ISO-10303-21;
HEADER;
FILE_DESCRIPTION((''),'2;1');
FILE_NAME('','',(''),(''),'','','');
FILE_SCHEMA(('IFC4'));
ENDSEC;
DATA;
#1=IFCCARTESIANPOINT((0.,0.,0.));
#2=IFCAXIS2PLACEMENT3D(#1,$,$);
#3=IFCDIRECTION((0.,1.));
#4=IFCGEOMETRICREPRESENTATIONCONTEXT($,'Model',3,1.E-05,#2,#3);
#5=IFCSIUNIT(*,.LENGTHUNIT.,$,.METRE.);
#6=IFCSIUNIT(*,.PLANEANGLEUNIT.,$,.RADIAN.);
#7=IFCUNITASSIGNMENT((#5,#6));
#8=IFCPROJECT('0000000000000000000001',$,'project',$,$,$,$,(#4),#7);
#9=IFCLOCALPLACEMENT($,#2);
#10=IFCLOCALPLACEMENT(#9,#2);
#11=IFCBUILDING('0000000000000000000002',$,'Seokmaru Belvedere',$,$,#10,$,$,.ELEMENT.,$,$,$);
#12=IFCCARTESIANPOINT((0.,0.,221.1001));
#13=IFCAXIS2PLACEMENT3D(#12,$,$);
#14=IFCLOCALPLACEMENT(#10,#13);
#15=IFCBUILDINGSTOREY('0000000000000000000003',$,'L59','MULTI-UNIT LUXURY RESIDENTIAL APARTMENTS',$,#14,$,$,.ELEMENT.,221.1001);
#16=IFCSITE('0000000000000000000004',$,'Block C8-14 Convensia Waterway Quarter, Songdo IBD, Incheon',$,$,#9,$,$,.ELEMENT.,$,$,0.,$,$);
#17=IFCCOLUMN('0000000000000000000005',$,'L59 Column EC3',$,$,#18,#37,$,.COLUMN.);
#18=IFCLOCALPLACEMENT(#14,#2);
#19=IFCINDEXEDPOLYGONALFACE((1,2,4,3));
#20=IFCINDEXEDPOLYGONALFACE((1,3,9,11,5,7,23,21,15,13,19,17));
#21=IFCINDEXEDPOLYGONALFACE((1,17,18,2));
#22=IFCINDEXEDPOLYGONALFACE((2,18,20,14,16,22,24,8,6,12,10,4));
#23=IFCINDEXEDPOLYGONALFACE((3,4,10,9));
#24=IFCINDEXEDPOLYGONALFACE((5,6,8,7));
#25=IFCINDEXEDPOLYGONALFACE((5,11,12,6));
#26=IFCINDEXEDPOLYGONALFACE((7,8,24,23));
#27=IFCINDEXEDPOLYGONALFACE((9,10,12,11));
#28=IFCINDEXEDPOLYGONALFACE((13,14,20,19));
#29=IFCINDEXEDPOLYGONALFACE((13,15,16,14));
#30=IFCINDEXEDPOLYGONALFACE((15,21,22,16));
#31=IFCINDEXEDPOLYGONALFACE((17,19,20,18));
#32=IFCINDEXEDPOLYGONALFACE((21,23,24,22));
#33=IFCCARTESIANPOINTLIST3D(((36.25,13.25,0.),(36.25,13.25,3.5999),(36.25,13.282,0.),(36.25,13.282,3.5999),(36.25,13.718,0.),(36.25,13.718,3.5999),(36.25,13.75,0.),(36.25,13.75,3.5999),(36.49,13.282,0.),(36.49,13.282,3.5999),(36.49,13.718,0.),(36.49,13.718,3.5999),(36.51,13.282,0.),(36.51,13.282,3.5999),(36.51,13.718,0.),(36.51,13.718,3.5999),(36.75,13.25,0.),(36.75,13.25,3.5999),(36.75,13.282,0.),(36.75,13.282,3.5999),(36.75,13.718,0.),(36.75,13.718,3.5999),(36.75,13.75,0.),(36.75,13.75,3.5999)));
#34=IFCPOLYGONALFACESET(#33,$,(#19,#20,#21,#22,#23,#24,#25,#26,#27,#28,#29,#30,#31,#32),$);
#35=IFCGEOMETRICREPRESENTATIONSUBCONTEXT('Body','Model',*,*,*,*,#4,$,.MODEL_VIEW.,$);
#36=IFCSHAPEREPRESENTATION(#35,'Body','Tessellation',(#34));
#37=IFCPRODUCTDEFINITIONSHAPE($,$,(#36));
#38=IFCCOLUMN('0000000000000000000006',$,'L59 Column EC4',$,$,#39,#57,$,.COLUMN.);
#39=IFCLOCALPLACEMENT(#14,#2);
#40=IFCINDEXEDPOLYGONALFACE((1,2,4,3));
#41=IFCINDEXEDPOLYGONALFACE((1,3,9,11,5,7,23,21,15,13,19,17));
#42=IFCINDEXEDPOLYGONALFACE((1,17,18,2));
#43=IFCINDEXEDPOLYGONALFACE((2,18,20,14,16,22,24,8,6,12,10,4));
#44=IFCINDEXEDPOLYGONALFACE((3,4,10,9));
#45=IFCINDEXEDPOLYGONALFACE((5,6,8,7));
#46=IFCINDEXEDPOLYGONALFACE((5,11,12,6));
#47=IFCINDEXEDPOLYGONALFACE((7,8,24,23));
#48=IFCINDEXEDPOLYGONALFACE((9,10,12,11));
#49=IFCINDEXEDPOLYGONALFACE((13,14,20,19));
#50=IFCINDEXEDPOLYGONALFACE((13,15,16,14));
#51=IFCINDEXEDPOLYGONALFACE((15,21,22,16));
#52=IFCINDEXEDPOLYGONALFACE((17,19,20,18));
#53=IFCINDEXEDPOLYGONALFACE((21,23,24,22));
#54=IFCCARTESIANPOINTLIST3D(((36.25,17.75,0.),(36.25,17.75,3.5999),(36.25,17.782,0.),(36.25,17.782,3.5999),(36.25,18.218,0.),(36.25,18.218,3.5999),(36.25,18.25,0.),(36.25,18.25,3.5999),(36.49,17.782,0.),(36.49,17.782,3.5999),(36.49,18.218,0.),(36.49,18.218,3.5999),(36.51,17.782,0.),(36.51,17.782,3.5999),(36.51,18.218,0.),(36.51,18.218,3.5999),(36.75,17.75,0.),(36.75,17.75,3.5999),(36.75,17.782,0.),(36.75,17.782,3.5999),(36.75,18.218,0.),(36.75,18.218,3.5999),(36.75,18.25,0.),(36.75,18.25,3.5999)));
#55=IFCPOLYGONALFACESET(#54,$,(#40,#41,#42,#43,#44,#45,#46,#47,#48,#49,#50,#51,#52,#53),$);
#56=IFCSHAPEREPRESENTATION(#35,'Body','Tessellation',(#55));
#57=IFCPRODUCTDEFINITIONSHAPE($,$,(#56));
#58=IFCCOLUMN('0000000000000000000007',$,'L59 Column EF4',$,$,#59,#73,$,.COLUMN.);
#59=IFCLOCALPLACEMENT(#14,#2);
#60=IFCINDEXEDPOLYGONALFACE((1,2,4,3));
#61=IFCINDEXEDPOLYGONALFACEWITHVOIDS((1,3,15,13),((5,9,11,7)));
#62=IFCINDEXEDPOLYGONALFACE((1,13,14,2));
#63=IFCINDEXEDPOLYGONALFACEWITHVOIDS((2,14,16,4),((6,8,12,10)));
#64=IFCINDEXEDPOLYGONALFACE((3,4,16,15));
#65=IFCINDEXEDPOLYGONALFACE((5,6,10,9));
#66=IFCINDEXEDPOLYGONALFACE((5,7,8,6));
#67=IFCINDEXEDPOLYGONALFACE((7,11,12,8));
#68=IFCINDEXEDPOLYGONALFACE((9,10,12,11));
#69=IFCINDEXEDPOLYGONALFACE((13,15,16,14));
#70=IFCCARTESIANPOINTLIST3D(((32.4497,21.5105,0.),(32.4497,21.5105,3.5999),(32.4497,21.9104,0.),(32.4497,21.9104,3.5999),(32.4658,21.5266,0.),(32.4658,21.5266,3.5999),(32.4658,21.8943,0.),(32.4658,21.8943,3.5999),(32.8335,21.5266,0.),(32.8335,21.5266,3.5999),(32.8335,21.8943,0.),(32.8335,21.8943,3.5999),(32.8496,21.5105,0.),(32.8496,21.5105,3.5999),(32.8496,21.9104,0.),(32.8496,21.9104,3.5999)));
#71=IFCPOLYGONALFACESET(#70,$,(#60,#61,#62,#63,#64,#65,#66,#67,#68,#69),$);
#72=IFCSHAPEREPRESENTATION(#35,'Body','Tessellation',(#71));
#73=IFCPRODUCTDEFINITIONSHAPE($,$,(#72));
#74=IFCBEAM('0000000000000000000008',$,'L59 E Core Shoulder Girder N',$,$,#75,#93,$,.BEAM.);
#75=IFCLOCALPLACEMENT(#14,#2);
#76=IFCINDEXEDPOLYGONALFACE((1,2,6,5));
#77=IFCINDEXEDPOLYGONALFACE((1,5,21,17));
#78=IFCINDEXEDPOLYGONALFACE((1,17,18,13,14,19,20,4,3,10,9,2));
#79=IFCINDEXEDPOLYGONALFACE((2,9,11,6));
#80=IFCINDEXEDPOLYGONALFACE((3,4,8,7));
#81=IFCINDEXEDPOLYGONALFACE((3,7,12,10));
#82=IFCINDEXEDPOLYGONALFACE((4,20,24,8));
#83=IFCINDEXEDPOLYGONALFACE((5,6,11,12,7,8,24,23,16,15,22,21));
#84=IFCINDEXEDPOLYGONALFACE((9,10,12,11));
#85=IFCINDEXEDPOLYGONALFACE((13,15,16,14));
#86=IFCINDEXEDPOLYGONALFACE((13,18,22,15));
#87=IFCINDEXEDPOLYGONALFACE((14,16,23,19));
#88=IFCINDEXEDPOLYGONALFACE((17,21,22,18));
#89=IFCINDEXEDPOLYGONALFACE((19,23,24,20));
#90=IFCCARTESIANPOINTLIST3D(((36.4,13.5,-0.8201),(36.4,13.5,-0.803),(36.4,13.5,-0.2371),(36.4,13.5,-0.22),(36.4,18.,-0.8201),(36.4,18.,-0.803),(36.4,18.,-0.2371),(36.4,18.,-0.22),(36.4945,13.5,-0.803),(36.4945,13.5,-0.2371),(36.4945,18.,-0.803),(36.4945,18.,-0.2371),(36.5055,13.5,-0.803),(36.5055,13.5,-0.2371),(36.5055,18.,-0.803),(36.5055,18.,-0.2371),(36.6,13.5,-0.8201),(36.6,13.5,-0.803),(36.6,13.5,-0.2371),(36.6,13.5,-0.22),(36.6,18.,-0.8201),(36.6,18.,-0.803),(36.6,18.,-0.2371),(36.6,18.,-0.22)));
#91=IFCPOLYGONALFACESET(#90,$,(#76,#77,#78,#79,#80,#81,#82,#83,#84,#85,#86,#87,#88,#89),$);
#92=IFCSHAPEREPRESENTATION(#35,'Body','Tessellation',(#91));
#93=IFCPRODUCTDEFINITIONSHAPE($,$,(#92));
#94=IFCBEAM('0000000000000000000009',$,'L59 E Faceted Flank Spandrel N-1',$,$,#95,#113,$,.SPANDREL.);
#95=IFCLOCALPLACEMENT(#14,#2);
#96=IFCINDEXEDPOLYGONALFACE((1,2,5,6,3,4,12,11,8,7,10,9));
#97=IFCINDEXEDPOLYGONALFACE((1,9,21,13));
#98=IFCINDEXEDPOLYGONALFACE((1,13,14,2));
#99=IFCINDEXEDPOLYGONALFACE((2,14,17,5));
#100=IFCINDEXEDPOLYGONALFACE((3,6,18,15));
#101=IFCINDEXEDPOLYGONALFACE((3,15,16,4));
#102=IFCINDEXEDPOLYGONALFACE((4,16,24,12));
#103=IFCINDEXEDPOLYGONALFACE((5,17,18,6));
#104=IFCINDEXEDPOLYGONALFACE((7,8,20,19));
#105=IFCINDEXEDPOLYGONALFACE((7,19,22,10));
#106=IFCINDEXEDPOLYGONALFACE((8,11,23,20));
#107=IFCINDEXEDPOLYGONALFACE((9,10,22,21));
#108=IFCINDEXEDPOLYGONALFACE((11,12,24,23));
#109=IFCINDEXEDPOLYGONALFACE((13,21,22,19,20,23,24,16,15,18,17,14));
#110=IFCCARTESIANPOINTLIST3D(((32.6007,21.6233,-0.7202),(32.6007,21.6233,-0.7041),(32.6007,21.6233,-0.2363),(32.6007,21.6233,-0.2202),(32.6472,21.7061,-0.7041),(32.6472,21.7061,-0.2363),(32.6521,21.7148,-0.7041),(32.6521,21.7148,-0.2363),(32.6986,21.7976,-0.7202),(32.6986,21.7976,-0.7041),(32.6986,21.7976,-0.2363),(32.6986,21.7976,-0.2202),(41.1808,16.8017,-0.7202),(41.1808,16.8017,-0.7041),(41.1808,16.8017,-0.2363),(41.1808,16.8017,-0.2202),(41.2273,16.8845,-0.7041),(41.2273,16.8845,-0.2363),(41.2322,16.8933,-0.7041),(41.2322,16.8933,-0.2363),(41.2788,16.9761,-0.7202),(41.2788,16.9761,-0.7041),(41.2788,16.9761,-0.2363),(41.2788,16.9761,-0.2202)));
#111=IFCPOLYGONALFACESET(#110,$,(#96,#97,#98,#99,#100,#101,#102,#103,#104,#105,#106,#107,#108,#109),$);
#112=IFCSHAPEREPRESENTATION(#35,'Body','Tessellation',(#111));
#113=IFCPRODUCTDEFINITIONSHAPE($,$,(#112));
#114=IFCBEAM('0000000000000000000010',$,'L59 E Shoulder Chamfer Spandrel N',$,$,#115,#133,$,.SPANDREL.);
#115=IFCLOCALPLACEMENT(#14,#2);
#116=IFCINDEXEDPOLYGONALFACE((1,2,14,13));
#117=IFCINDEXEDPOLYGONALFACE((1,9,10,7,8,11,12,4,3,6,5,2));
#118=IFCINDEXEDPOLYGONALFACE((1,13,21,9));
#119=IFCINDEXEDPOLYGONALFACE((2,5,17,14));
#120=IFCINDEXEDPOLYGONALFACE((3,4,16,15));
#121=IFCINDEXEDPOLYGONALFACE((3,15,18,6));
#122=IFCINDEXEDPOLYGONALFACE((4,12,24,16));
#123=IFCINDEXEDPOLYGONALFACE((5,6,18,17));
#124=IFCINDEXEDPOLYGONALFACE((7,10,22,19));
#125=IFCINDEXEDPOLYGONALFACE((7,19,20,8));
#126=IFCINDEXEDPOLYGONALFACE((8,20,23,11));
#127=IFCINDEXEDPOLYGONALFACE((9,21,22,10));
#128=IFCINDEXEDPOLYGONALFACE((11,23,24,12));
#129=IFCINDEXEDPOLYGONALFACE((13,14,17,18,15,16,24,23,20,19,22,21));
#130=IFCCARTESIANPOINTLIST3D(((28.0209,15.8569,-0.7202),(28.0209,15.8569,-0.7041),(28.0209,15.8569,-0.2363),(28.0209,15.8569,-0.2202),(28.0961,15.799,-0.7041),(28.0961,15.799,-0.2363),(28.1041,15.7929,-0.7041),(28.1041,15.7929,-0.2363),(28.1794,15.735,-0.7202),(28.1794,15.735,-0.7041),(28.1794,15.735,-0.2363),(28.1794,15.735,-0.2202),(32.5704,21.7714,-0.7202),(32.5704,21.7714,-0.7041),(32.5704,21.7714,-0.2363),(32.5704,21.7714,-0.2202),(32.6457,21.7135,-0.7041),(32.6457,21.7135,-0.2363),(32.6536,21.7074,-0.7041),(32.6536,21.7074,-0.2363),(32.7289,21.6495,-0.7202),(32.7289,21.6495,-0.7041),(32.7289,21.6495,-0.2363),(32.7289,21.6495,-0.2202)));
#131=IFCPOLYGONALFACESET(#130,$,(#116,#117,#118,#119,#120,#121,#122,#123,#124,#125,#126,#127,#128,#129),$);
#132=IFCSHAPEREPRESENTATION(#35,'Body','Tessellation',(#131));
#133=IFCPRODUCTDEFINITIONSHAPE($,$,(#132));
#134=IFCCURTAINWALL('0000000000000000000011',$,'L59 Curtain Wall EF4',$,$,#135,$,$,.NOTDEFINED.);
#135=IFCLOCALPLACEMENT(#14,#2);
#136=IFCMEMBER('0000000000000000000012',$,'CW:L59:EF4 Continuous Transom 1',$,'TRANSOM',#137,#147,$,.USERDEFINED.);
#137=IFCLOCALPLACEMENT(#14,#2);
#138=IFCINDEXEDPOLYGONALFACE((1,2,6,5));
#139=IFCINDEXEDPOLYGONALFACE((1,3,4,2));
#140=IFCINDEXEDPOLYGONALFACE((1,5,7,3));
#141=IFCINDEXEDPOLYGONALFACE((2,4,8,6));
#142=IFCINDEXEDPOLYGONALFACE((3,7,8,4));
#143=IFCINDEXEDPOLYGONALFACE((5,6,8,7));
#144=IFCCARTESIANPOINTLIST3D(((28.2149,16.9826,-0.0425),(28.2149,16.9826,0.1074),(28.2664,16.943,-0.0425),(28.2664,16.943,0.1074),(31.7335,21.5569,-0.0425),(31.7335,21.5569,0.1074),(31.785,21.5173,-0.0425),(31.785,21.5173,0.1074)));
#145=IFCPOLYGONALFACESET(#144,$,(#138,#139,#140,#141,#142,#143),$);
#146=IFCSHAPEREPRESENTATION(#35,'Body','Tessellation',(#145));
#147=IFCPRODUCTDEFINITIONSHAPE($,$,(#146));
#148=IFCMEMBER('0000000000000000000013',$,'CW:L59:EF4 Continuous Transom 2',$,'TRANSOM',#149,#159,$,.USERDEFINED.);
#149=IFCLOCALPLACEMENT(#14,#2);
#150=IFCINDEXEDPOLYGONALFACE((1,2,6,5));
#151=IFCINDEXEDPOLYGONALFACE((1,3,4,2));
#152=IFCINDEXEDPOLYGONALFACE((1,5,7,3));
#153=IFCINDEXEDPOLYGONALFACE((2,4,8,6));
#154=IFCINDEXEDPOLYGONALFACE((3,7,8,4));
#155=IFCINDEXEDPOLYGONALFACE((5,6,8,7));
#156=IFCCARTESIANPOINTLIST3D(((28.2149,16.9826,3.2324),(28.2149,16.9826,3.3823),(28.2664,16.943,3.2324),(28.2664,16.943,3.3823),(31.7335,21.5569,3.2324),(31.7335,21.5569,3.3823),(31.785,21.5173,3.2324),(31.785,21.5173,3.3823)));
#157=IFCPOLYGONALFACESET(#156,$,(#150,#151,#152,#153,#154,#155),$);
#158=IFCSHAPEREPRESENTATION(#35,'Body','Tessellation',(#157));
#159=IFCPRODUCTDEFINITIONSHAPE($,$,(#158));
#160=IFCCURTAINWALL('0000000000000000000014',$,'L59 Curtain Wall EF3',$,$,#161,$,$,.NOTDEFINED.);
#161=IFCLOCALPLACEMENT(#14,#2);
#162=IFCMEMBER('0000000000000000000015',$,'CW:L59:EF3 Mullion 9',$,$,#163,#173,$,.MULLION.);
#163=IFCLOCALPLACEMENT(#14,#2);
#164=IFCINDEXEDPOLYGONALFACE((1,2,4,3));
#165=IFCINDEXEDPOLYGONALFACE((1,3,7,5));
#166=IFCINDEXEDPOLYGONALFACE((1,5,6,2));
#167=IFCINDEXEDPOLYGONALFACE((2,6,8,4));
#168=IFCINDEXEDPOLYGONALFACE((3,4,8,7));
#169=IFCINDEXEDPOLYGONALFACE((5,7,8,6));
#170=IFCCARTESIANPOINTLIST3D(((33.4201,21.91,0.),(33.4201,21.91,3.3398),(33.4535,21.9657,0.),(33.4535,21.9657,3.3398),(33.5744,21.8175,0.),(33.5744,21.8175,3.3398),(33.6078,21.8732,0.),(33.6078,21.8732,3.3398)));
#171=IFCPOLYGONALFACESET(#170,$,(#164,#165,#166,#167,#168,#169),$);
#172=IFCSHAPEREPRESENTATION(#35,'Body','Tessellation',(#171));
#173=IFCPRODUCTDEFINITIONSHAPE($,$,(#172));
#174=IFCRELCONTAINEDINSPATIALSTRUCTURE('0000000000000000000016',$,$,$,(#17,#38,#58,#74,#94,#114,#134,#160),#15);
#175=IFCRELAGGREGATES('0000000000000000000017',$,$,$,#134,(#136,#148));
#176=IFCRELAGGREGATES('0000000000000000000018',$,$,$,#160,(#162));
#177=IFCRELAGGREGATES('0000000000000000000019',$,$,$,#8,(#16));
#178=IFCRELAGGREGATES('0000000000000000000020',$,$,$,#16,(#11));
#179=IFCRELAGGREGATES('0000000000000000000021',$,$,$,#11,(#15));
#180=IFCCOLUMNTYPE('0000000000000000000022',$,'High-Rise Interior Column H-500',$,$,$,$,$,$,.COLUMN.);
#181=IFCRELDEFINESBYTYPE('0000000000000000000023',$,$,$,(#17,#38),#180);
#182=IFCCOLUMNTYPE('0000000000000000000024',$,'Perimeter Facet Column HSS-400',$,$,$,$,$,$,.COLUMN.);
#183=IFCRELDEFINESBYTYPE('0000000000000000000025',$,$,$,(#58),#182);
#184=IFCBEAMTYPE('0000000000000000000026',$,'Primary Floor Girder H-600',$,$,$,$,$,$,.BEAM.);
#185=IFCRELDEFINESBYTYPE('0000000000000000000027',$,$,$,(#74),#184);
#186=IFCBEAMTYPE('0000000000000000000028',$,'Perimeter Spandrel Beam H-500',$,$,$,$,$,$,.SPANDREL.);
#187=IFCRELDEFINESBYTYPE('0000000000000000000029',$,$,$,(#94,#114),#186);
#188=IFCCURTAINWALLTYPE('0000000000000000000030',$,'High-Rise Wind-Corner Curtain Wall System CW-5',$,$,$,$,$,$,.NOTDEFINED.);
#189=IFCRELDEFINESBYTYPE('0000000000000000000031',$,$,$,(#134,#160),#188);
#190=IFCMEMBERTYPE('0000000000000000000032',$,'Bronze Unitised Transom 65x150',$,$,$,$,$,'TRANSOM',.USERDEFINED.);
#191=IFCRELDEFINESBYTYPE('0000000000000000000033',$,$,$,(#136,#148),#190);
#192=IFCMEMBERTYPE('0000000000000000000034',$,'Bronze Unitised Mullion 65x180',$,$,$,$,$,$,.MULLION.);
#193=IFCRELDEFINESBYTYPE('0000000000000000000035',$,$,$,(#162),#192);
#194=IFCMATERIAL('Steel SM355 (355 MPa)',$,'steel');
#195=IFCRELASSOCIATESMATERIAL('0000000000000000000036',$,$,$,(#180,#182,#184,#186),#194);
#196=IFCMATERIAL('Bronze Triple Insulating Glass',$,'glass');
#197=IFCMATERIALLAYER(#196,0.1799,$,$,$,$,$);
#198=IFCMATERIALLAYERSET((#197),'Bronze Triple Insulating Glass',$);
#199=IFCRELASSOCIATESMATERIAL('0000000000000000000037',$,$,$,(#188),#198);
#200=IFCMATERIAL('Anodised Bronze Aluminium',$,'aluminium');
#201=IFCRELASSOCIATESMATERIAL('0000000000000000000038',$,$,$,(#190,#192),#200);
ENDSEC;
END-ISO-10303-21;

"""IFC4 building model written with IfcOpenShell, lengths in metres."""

from ifc_helpers import new_model, si_unit, direction, frame, origin, origin_2d, place, context, subcontext, project, spatial, rectangle, hollow_rectangle, i_section, extrude, source, transform, mapped, material, layer, layer_set, material_profile, profile_set, type_object, type_shapes, element, aggregate, save


model = new_model("IFC4")

# Units and contexts
model_context = context("Model", 3, precision=1e-05, world=origin(), true_north=direction((0.0, 1.0)))
body_context = subcontext(model_context, "Body", "Model", "MODEL_VIEW")
ifc_project = project(units=[si_unit("LENGTHUNIT", "METRE"), si_unit("PLANEANGLEUNIT", "RADIAN")], contexts=[model_context])

# Site, building, storey
site_placement = place(None, origin())
site = spatial("IfcSite", under=ifc_project, at=site_placement, Name="Block C8-14 Convensia Waterway Quarter, Songdo IBD, Incheon", CompositionType="ELEMENT", RefElevation=0.0)
building_placement = place(site_placement, origin())
building = spatial("IfcBuilding", under=site, at=building_placement, Name="Seokmaru Belvedere", CompositionType="ELEMENT")
storey_placement = place(building_placement, frame((0.0, 0.0, 221.1001)))
storey = spatial("IfcBuildingStorey", under=building, at=storey_placement, Name="L59", Description="MULTI-UNIT LUXURY RESIDENTIAL APARTMENTS", CompositionType="ELEMENT", Elevation=221.1001)

# Columns
ifc_material_1 = material(Name="Steel SM355 (355 MPa)", Category="steel")
ifc_material_profile_1 = material_profile(ifc_material_1, i_section(OverallWidth=0.5, OverallDepth=0.5, WebThickness=0.02, FlangeThickness=0.032, at=origin_2d()), Name="H-500x500x20x32")
ifc_profile_set_1 = profile_set([ifc_material_profile_1], Name="Steel SM355 (355 MPa)")
column_type_1 = type_object("IfcColumnType", Name="High-Rise Interior Column H-500", PredefinedType="COLUMN", material=ifc_profile_set_1)
shared_shape_1 = source(origin(), body_context, "Body", "SweptSolid", [
    extrude(i_section(OverallWidth=0.5, OverallDepth=0.5, WebThickness=0.02, FlangeThickness=0.032, at=origin_2d()), origin(), (0.0, 0.0, 1.0), 3.5999),
])
type_shapes(column_type_1, [shared_shape_1])
for number, where, z_axis, x_axis, name in (
    (1, (36.5, 13.5, 0.0), (0.0, 0.0, 1.0), (1.0, 0.0, 0.0), "L59 Column EC3"),
    (2, (36.5, 18.0, 0.0), (0.0, 0.0, 1.0), (1.0, 0.0, 0.0), "L59 Column EC4"),
):
    element("IfcColumn", number, at=place(storey_placement, frame(where, z_axis=z_axis, x_axis=x_axis)), inside=storey, type_object=column_type_1, Name=name, PredefinedType="COLUMN", context=body_context, shape_type="MappedRepresentation", body=[
        mapped(shared_shape_1, transform((0.0, 0.0, 0.0), scale=1.0)),
    ])
ifc_material_profile_2 = material_profile(ifc_material_1, hollow_rectangle(XDim=0.3999, YDim=0.3999, WallThickness=0.0161, at=origin_2d()), Name="HSS-400x400x16")
ifc_profile_set_2 = profile_set([ifc_material_profile_2], Name="Steel SM355 (355 MPa)")
column_type_2 = type_object("IfcColumnType", Name="Perimeter Facet Column HSS-400", PredefinedType="COLUMN", material=ifc_profile_set_2)
shared_shape_2 = source(origin(), body_context, "Body", "SweptSolid", [
    extrude(hollow_rectangle(XDim=0.3999, YDim=0.3999, WallThickness=0.0161, at=origin_2d()), origin(), (0.0, 0.0, 1.0), 3.5999),
])
type_shapes(column_type_2, [shared_shape_2])
column_placement = place(storey_placement, frame((32.6497, 21.7104, 0.0), z_axis=(0.0, 0.0, 1.0), x_axis=(1.0, 0.0, 0.0)))
element("IfcColumn", 3, at=column_placement, inside=storey, type_object=column_type_2, Name="L59 Column EF4", PredefinedType="COLUMN", context=body_context, shape_type="MappedRepresentation", body=[
    mapped(shared_shape_2, transform((0.0, 0.0, 0.0), scale=1.0)),
])

# Beams
ifc_material_profile_3 = material_profile(ifc_material_1, i_section(OverallWidth=0.2, OverallDepth=0.6001, WebThickness=0.011, FlangeThickness=0.0171, at=origin_2d()), Name="H-600x200x11x17")
ifc_profile_set_3 = profile_set([ifc_material_profile_3], Name="Steel SM355 (355 MPa)")
beam_type_1 = type_object("IfcBeamType", Name="Primary Floor Girder H-600", PredefinedType="BEAM", material=ifc_profile_set_3)
shared_shape_3 = source(origin(), body_context, "Body", "SweptSolid", [
    extrude(i_section(OverallWidth=0.2, OverallDepth=0.6001, WebThickness=0.011, FlangeThickness=0.0171, at=origin_2d()), origin(), (0.0, 0.0, 1.0), 4.5),
])
type_shapes(beam_type_1, [shared_shape_3])
beam_1_placement = place(storey_placement, frame((36.5, 13.5, -0.52), z_axis=(0.0, 1.0, 0.0), x_axis=(-1.0, 0.0, 0.0)))
element("IfcBeam", 4, at=beam_1_placement, inside=storey, type_object=beam_type_1, Name="L59 E Core Shoulder Girder N", PredefinedType="BEAM", context=body_context, shape_type="MappedRepresentation", body=[
    mapped(shared_shape_3, transform((0.0, 0.0, 0.0), scale=1.0)),
])
ifc_material_profile_4 = material_profile(ifc_material_1, i_section(OverallWidth=0.2, OverallDepth=0.5, WebThickness=0.01, FlangeThickness=0.0161, at=origin_2d()), Name="H-500x200x10x16")
ifc_profile_set_4 = profile_set([ifc_material_profile_4], Name="Steel SM355 (355 MPa)")
beam_type_2 = type_object("IfcBeamType", Name="Perimeter Spandrel Beam H-500", PredefinedType="SPANDREL", material=ifc_profile_set_4)
shared_shape_4 = source(origin(), body_context, "Body", "SweptSolid", [
    extrude(i_section(OverallWidth=0.2, OverallDepth=0.5, WebThickness=0.01, FlangeThickness=0.0161, at=origin_2d()), origin(), (0.0, 0.0, 1.0), 9.842),
])
beam_2_placement = place(storey_placement, frame((32.6497, 21.7104, -0.4702), z_axis=(0.871782, -0.489894, 0.0), x_axis=(0.489894, 0.871782, 0.0)))
element("IfcBeam", 5, at=beam_2_placement, inside=storey, type_object=beam_type_2, Name="L59 E Faceted Flank Spandrel N-1", PredefinedType="SPANDREL", context=body_context, shape_type="MappedRepresentation", body=[
    mapped(shared_shape_4, transform((0.0, 0.0, 0.0), scale=1.0)),
])
shared_shape_5 = source(origin(), body_context, "Body", "SweptSolid", [
    extrude(i_section(OverallWidth=0.2, OverallDepth=0.5, WebThickness=0.01, FlangeThickness=0.0161, at=origin_2d()), origin(), (0.0, 0.0, 1.0), 7.4619),
])
type_shapes(beam_type_2, [shared_shape_4, shared_shape_5])
beam_3_placement = place(storey_placement, frame((32.6497, 21.7104, -0.4702), z_axis=(-0.609703, -0.79263, 0.0), x_axis=(0.79263, -0.609703, 0.0)))
element("IfcBeam", 6, at=beam_3_placement, inside=storey, type_object=beam_type_2, Name="L59 E Shoulder Chamfer Spandrel N", PredefinedType="SPANDREL", context=body_context, shape_type="MappedRepresentation", body=[
    mapped(shared_shape_5, transform((0.0, 0.0, 0.0), scale=1.0)),
])

# Curtain wall, members
ifc_material_2 = material(Name="Bronze Triple Insulating Glass", Category="glass")
ifc_layer_1 = layer(ifc_material_2, 0.1799)
ifc_layer_set_1 = layer_set([ifc_layer_1], Name="Bronze Triple Insulating Glass")
curtain_wall_type = type_object("IfcCurtainWallType", Name="High-Rise Wind-Corner Curtain Wall System CW-5", PredefinedType="NOTDEFINED", material=ifc_layer_set_1)
curtain_wall_1_placement = place(storey_placement, origin())
curtain_wall_1 = element("IfcCurtainWall", 7, at=curtain_wall_1_placement, inside=storey, type_object=curtain_wall_type, Name="L59 Curtain Wall EF4", PredefinedType="NOTDEFINED")
ifc_material_3 = material(Name="Anodised Bronze Aluminium", Category="aluminium")
ifc_material_profile_5 = material_profile(ifc_material_3, rectangle(XDim=0.0649, YDim=0.1499, at=origin_2d()), Name="CW-T-65x150")
ifc_profile_set_5 = profile_set([ifc_material_profile_5], Name="Anodised Bronze Aluminium")
member_type_1 = type_object("IfcMemberType", Name="Bronze Unitised Transom 65x150", ElementType="TRANSOM", PredefinedType="USERDEFINED", material=ifc_profile_set_5)
shared_shape_6 = source(origin(), body_context, "Body", "SweptSolid", [
    extrude(rectangle(XDim=0.0649, YDim=0.1499, at=origin_2d()), origin(), (0.0, 0.0, 1.0), 5.771),
])
type_shapes(member_type_1, [shared_shape_6])
member_1_placement = place(storey_placement, frame((31.7593, 21.5371, 0.0325), z_axis=(-0.609703, -0.79263, 0.0), x_axis=(0.79263, -0.609703, 0.0)))
member_1 = element("IfcMember", 8, at=member_1_placement, type_object=member_type_1, Name="CW:L59:EF4 Continuous Transom 1", ObjectType="TRANSOM", PredefinedType="USERDEFINED", context=body_context, shape_type="MappedRepresentation", body=[
    mapped(shared_shape_6, transform((0.0, 0.0, 0.0), scale=1.0)),
])
member_2_placement = place(storey_placement, frame((31.7593, 21.5371, 3.3074), z_axis=(-0.609703, -0.79263, 0.0), x_axis=(0.79263, -0.609703, 0.0)))
member_2 = element("IfcMember", 9, at=member_2_placement, type_object=member_type_1, Name="CW:L59:EF4 Continuous Transom 2", ObjectType="TRANSOM", PredefinedType="USERDEFINED", context=body_context, shape_type="MappedRepresentation", body=[
    mapped(shared_shape_6, transform((0.0, 0.0, 0.0), scale=1.0)),
])

# Curtain wall, member
curtain_wall_2_placement = place(storey_placement, origin())
curtain_wall_2 = element("IfcCurtainWall", 10, at=curtain_wall_2_placement, inside=storey, type_object=curtain_wall_type, Name="L59 Curtain Wall EF3", PredefinedType="NOTDEFINED")
ifc_material_profile_6 = material_profile(ifc_material_3, rectangle(XDim=0.0649, YDim=0.1799, at=origin_2d()), Name="CW-M-65x180")
ifc_profile_set_6 = profile_set([ifc_material_profile_6], Name="Anodised Bronze Aluminium")
member_type_2 = type_object("IfcMemberType", Name="Bronze Unitised Mullion 65x180", PredefinedType="MULLION", material=ifc_profile_set_6)
shared_shape_7 = source(origin(), body_context, "Body", "SweptSolid", [
    extrude(rectangle(XDim=0.0649, YDim=0.1799, at=origin_2d()), origin(), (0.0, 0.0, 1.0), 3.3398),
])
type_shapes(member_type_2, [shared_shape_7])
member_3_placement = place(storey_placement, frame((33.5139, 21.8916, 0.0), z_axis=(0.0, 0.0, 1.0), x_axis=(-0.514495, -0.857493, 0.0)))
member_3 = element("IfcMember", 11, at=member_3_placement, type_object=member_type_2, Name="CW:L59:EF3 Mullion 9", PredefinedType="MULLION", context=body_context, shape_type="MappedRepresentation", body=[
    mapped(shared_shape_7, transform((0.0, 0.0, 0.0), scale=1.0)),
])

aggregate(curtain_wall_1, [member_1, member_2])
aggregate(curtain_wall_2, [member_3])

save(model, "model.ifc")
